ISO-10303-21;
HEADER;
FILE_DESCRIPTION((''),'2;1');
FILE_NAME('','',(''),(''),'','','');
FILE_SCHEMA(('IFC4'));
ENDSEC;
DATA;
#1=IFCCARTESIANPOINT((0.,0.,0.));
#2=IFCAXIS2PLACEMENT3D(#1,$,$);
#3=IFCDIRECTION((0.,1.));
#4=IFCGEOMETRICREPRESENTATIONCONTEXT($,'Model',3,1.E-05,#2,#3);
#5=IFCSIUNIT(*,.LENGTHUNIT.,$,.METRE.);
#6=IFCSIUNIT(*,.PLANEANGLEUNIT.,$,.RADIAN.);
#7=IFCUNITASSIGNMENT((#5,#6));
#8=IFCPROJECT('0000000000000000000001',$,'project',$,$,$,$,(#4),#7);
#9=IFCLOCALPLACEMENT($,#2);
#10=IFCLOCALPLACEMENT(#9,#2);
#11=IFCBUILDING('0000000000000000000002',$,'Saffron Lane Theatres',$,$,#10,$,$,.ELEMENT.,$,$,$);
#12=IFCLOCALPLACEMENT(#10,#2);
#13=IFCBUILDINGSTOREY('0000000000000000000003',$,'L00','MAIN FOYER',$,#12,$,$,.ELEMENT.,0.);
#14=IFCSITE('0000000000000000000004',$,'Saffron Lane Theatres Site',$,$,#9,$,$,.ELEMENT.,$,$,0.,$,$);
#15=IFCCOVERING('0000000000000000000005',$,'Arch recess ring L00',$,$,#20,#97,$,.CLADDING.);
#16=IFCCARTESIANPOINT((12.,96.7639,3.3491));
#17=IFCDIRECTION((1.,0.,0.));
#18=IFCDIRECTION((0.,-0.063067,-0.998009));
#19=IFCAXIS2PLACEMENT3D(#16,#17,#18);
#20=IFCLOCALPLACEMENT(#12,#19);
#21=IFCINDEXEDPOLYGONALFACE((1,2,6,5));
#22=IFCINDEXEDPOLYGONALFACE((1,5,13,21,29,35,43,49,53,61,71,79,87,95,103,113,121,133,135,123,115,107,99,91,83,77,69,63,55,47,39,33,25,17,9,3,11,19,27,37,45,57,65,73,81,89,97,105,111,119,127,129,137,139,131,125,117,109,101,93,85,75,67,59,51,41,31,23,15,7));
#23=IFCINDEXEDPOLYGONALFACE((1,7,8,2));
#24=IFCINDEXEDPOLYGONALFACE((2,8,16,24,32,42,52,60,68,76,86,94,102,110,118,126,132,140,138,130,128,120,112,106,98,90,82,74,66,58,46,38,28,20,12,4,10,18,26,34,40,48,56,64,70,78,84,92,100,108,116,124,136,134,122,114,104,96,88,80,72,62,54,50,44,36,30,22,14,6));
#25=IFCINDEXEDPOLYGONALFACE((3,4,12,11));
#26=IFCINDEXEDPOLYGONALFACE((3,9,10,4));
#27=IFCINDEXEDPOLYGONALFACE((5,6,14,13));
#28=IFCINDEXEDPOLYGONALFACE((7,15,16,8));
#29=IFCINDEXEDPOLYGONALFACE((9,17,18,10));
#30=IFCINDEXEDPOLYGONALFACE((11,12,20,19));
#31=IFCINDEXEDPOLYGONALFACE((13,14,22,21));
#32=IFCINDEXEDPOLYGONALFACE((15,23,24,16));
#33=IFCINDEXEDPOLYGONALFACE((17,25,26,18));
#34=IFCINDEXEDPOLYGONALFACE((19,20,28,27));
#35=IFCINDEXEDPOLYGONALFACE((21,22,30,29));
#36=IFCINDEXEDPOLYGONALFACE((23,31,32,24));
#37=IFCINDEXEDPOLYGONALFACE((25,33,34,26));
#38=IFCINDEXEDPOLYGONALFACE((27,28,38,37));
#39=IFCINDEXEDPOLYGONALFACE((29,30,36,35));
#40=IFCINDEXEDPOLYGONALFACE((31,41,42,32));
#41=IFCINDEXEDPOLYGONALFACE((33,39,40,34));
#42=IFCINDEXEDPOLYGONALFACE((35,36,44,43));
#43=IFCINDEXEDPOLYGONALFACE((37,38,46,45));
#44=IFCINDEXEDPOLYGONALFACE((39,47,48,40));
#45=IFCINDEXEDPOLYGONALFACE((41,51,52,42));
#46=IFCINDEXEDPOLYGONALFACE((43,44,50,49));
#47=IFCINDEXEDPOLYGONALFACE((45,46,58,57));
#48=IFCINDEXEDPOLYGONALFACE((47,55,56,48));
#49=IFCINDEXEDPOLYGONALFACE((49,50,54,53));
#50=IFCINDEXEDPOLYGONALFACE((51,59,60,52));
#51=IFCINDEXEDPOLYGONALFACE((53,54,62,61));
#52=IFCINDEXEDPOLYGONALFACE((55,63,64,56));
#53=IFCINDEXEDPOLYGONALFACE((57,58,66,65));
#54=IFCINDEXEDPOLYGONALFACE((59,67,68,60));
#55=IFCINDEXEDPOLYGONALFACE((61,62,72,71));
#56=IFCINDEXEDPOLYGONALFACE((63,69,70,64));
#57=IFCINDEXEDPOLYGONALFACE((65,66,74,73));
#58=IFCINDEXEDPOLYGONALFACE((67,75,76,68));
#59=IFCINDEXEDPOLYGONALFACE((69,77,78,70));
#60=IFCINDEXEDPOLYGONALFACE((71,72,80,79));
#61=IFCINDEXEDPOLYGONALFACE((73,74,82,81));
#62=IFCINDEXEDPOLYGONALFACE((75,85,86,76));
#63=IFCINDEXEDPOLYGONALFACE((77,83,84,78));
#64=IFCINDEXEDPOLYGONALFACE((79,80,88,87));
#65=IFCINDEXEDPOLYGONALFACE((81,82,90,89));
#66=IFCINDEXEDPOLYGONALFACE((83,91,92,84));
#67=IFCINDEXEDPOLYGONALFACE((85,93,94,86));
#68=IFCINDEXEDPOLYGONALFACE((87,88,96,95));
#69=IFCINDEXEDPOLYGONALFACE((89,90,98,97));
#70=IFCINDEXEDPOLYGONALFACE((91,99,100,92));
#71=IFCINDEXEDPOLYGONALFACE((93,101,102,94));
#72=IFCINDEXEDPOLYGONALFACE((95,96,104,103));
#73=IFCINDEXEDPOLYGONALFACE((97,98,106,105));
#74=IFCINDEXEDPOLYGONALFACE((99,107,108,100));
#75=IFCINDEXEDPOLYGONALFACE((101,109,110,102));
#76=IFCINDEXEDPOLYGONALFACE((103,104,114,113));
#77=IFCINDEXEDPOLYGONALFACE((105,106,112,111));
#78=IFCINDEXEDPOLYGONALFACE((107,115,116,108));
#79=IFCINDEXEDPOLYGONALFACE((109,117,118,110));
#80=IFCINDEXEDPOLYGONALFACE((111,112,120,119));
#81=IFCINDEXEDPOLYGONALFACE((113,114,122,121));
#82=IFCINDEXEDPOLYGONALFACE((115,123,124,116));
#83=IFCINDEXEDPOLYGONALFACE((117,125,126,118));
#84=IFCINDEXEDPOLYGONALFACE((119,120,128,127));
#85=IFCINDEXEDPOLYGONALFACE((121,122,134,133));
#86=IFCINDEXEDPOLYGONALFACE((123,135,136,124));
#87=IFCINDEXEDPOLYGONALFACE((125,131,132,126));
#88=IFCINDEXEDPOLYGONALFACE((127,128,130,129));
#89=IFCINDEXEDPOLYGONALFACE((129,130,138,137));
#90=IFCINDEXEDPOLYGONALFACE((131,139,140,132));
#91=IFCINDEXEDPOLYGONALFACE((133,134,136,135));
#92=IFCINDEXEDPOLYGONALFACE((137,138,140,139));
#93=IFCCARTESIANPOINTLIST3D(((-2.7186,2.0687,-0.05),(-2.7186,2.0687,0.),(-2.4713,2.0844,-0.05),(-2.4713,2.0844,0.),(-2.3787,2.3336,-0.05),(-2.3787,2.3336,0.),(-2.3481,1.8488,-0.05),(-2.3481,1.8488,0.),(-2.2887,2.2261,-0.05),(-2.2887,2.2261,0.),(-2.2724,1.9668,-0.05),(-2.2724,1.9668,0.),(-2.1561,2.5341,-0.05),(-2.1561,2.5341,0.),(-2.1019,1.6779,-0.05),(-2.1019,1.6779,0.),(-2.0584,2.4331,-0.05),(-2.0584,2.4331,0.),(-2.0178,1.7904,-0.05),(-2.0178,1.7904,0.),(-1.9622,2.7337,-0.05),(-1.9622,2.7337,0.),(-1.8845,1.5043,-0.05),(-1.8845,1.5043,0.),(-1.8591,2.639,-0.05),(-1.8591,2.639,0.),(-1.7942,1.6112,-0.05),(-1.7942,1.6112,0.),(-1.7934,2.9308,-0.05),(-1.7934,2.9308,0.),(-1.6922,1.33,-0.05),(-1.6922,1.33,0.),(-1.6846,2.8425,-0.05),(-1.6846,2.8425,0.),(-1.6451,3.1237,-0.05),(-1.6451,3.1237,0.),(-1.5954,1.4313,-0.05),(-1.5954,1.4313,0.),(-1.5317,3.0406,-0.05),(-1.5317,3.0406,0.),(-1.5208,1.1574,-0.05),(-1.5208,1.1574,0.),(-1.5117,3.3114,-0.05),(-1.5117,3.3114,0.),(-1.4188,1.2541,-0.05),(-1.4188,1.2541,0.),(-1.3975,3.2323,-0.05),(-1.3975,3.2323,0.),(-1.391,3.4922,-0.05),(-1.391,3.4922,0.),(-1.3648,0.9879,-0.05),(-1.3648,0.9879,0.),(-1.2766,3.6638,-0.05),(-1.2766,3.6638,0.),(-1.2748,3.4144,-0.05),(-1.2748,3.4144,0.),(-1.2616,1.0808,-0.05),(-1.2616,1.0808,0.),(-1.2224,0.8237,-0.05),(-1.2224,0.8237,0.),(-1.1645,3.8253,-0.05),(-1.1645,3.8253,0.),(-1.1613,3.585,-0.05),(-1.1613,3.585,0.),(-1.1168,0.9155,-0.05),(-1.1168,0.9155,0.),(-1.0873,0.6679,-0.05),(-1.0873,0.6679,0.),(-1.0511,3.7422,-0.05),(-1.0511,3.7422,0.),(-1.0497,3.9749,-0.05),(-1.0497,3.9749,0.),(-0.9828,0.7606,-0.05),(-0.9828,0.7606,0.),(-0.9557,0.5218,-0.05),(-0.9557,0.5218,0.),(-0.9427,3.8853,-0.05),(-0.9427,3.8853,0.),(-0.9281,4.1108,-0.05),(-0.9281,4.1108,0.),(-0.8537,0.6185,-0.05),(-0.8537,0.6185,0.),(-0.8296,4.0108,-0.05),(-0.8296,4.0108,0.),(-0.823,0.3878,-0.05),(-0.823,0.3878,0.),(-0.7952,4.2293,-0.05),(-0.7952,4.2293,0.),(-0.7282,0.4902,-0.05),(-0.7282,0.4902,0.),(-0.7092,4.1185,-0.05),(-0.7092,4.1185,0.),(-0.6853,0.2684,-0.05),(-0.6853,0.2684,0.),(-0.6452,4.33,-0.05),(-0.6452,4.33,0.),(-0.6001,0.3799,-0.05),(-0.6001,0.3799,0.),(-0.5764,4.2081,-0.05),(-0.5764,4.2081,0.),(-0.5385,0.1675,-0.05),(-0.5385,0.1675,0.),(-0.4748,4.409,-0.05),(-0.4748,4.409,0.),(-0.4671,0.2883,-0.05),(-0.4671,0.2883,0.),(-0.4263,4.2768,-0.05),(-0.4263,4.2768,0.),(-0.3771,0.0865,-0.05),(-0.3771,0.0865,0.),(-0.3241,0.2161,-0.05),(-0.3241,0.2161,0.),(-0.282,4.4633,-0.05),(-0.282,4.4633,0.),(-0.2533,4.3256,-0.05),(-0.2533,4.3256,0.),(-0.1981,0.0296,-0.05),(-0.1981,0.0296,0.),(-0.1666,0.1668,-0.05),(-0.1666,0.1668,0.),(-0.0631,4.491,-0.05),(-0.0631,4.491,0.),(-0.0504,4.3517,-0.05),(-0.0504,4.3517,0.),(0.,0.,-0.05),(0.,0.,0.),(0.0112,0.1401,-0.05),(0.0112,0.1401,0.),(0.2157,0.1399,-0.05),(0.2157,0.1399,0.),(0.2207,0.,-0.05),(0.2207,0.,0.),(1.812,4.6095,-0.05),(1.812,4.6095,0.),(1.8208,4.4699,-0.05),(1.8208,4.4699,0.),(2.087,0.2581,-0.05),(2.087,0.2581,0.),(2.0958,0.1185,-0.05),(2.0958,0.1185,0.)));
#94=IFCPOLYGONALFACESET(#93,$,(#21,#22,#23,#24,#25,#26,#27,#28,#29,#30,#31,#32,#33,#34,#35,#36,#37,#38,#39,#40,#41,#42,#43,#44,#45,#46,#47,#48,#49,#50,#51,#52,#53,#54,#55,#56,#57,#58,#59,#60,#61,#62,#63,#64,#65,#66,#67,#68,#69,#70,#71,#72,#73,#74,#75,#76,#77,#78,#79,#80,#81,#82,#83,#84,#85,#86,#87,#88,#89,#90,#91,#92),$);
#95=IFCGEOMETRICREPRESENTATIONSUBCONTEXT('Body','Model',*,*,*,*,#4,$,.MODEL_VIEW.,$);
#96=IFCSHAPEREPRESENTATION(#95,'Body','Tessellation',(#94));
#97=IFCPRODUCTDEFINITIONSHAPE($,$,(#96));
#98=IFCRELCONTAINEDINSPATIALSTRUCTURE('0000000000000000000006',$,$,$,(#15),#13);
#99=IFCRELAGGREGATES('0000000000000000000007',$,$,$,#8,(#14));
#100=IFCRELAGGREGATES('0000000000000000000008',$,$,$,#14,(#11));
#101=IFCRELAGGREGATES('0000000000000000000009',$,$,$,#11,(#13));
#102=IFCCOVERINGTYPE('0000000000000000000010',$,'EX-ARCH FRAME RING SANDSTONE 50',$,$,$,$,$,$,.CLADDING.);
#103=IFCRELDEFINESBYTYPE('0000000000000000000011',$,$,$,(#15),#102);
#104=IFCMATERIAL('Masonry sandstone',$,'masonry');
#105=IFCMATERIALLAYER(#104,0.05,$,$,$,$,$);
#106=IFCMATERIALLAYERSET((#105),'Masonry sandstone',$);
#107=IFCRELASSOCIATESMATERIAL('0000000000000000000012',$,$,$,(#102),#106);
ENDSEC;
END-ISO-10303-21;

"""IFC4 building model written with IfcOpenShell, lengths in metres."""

from ifc_helpers import new_model, si_unit, direction, frame, origin, place, context, subcontext, project, spatial, polyline, outline, extrude, material, layer, layer_set, type_object, element, save


model = new_model("IFC4")

# Units and contexts
model_context = context("Model", 3, precision=1e-05, world=origin(), true_north=direction((0.0, 1.0)))
body_context = subcontext(model_context, "Body", "Model", "MODEL_VIEW")
ifc_project = project(units=[si_unit("LENGTHUNIT", "METRE"), si_unit("PLANEANGLEUNIT", "RADIAN")], contexts=[model_context])

# Site, building, storey
site_placement = place(None, origin())
site = spatial("IfcSite", under=ifc_project, at=site_placement, Name="Saffron Lane Theatres Site", CompositionType="ELEMENT", RefElevation=0.0)
building_placement = place(site_placement, origin())
building = spatial("IfcBuilding", under=site, at=building_placement, Name="Saffron Lane Theatres", CompositionType="ELEMENT")
storey_placement = place(building_placement, origin())
storey = spatial("IfcBuildingStorey", under=building, at=storey_placement, Name="L00", Description="MAIN FOYER", CompositionType="ELEMENT", Elevation=0.0)

# Covering
ifc_material_1 = material(Name="Masonry sandstone", Category="masonry")
ifc_layer_1 = layer(ifc_material_1, 0.05)
ifc_layer_set_1 = layer_set([ifc_layer_1], Name="Masonry sandstone")
covering_type_1 = type_object("IfcCoveringType", Name="EX-ARCH FRAME RING SANDSTONE 50", PredefinedType="CLADDING", material=ifc_layer_set_1)
covering_1_placement = place(storey_placement, frame((12.0, 96.7639, 3.3491), z_axis=(1.0, 0.0, 0.0), x_axis=(0.0, -0.063067, -0.998009)))
element("IfcCovering", 1, at=covering_1_placement, inside=storey, type_object=covering_type_1, Name="Arch recess ring L00", PredefinedType="CLADDING", context=body_context, shape_type="SweptSolid", body=[
    extrude(outline(polyline([(0.0, 0.0), (0.2207, 0.0), (2.0958, 0.1185), (2.087, 0.2581), (0.2157, 0.1399), (0.0112, 0.1401), (-0.1666, 0.1668), (-0.3241, 0.2161), (-0.4671, 0.2883), (-0.6001, 0.3799), (-0.7282, 0.4902), (-0.8537, 0.6185), (-0.9828, 0.7606), (-1.1168, 0.9155), (-1.2616, 1.0808), (-1.4188, 1.2541), (-1.5954, 1.4313), (-1.7942, 1.6112), (-2.0178, 1.7904), (-2.2724, 1.9668), (-2.4713, 2.0844), (-2.2887, 2.2261), (-2.0584, 2.4331), (-1.8591, 2.639), (-1.6846, 2.8425), (-1.5317, 3.0406), (-1.3975, 3.2323), (-1.2748, 3.4144), (-1.1613, 3.585), (-1.0511, 3.7422), (-0.9427, 3.8853), (-0.8296, 4.0108), (-0.7092, 4.1185), (-0.5764, 4.2081), (-0.4263, 4.2768), (-0.2533, 4.3256), (-0.0504, 4.3517), (1.8208, 4.4699), (1.812, 4.6095), (-0.0631, 4.491), (-0.282, 4.4633), (-0.4748, 4.409), (-0.6452, 4.33), (-0.7952, 4.2293), (-0.9281, 4.1108), (-1.0497, 3.9749), (-1.1645, 3.8253), (-1.2766, 3.6638), (-1.391, 3.4922), (-1.5117, 3.3114), (-1.6451, 3.1237), (-1.7934, 2.9308), (-1.9622, 2.7337), (-2.1561, 2.5341), (-2.3787, 2.3336), (-2.7186, 2.0687), (-2.3481, 1.8488), (-2.1019, 1.6779), (-1.8845, 1.5043), (-1.6922, 1.33), (-1.5208, 1.1574), (-1.3648, 0.9879), (-1.2224, 0.8237), (-1.0873, 0.6679), (-0.9557, 0.5218), (-0.823, 0.3878), (-0.6853, 0.2684), (-0.5385, 0.1675), (-0.3771, 0.0865), (-0.1981, 0.0296), (0.0, 0.0)])), origin(), (0.0, 0.0, -1.0), 0.05),
])

save(model, "model.ifc")
